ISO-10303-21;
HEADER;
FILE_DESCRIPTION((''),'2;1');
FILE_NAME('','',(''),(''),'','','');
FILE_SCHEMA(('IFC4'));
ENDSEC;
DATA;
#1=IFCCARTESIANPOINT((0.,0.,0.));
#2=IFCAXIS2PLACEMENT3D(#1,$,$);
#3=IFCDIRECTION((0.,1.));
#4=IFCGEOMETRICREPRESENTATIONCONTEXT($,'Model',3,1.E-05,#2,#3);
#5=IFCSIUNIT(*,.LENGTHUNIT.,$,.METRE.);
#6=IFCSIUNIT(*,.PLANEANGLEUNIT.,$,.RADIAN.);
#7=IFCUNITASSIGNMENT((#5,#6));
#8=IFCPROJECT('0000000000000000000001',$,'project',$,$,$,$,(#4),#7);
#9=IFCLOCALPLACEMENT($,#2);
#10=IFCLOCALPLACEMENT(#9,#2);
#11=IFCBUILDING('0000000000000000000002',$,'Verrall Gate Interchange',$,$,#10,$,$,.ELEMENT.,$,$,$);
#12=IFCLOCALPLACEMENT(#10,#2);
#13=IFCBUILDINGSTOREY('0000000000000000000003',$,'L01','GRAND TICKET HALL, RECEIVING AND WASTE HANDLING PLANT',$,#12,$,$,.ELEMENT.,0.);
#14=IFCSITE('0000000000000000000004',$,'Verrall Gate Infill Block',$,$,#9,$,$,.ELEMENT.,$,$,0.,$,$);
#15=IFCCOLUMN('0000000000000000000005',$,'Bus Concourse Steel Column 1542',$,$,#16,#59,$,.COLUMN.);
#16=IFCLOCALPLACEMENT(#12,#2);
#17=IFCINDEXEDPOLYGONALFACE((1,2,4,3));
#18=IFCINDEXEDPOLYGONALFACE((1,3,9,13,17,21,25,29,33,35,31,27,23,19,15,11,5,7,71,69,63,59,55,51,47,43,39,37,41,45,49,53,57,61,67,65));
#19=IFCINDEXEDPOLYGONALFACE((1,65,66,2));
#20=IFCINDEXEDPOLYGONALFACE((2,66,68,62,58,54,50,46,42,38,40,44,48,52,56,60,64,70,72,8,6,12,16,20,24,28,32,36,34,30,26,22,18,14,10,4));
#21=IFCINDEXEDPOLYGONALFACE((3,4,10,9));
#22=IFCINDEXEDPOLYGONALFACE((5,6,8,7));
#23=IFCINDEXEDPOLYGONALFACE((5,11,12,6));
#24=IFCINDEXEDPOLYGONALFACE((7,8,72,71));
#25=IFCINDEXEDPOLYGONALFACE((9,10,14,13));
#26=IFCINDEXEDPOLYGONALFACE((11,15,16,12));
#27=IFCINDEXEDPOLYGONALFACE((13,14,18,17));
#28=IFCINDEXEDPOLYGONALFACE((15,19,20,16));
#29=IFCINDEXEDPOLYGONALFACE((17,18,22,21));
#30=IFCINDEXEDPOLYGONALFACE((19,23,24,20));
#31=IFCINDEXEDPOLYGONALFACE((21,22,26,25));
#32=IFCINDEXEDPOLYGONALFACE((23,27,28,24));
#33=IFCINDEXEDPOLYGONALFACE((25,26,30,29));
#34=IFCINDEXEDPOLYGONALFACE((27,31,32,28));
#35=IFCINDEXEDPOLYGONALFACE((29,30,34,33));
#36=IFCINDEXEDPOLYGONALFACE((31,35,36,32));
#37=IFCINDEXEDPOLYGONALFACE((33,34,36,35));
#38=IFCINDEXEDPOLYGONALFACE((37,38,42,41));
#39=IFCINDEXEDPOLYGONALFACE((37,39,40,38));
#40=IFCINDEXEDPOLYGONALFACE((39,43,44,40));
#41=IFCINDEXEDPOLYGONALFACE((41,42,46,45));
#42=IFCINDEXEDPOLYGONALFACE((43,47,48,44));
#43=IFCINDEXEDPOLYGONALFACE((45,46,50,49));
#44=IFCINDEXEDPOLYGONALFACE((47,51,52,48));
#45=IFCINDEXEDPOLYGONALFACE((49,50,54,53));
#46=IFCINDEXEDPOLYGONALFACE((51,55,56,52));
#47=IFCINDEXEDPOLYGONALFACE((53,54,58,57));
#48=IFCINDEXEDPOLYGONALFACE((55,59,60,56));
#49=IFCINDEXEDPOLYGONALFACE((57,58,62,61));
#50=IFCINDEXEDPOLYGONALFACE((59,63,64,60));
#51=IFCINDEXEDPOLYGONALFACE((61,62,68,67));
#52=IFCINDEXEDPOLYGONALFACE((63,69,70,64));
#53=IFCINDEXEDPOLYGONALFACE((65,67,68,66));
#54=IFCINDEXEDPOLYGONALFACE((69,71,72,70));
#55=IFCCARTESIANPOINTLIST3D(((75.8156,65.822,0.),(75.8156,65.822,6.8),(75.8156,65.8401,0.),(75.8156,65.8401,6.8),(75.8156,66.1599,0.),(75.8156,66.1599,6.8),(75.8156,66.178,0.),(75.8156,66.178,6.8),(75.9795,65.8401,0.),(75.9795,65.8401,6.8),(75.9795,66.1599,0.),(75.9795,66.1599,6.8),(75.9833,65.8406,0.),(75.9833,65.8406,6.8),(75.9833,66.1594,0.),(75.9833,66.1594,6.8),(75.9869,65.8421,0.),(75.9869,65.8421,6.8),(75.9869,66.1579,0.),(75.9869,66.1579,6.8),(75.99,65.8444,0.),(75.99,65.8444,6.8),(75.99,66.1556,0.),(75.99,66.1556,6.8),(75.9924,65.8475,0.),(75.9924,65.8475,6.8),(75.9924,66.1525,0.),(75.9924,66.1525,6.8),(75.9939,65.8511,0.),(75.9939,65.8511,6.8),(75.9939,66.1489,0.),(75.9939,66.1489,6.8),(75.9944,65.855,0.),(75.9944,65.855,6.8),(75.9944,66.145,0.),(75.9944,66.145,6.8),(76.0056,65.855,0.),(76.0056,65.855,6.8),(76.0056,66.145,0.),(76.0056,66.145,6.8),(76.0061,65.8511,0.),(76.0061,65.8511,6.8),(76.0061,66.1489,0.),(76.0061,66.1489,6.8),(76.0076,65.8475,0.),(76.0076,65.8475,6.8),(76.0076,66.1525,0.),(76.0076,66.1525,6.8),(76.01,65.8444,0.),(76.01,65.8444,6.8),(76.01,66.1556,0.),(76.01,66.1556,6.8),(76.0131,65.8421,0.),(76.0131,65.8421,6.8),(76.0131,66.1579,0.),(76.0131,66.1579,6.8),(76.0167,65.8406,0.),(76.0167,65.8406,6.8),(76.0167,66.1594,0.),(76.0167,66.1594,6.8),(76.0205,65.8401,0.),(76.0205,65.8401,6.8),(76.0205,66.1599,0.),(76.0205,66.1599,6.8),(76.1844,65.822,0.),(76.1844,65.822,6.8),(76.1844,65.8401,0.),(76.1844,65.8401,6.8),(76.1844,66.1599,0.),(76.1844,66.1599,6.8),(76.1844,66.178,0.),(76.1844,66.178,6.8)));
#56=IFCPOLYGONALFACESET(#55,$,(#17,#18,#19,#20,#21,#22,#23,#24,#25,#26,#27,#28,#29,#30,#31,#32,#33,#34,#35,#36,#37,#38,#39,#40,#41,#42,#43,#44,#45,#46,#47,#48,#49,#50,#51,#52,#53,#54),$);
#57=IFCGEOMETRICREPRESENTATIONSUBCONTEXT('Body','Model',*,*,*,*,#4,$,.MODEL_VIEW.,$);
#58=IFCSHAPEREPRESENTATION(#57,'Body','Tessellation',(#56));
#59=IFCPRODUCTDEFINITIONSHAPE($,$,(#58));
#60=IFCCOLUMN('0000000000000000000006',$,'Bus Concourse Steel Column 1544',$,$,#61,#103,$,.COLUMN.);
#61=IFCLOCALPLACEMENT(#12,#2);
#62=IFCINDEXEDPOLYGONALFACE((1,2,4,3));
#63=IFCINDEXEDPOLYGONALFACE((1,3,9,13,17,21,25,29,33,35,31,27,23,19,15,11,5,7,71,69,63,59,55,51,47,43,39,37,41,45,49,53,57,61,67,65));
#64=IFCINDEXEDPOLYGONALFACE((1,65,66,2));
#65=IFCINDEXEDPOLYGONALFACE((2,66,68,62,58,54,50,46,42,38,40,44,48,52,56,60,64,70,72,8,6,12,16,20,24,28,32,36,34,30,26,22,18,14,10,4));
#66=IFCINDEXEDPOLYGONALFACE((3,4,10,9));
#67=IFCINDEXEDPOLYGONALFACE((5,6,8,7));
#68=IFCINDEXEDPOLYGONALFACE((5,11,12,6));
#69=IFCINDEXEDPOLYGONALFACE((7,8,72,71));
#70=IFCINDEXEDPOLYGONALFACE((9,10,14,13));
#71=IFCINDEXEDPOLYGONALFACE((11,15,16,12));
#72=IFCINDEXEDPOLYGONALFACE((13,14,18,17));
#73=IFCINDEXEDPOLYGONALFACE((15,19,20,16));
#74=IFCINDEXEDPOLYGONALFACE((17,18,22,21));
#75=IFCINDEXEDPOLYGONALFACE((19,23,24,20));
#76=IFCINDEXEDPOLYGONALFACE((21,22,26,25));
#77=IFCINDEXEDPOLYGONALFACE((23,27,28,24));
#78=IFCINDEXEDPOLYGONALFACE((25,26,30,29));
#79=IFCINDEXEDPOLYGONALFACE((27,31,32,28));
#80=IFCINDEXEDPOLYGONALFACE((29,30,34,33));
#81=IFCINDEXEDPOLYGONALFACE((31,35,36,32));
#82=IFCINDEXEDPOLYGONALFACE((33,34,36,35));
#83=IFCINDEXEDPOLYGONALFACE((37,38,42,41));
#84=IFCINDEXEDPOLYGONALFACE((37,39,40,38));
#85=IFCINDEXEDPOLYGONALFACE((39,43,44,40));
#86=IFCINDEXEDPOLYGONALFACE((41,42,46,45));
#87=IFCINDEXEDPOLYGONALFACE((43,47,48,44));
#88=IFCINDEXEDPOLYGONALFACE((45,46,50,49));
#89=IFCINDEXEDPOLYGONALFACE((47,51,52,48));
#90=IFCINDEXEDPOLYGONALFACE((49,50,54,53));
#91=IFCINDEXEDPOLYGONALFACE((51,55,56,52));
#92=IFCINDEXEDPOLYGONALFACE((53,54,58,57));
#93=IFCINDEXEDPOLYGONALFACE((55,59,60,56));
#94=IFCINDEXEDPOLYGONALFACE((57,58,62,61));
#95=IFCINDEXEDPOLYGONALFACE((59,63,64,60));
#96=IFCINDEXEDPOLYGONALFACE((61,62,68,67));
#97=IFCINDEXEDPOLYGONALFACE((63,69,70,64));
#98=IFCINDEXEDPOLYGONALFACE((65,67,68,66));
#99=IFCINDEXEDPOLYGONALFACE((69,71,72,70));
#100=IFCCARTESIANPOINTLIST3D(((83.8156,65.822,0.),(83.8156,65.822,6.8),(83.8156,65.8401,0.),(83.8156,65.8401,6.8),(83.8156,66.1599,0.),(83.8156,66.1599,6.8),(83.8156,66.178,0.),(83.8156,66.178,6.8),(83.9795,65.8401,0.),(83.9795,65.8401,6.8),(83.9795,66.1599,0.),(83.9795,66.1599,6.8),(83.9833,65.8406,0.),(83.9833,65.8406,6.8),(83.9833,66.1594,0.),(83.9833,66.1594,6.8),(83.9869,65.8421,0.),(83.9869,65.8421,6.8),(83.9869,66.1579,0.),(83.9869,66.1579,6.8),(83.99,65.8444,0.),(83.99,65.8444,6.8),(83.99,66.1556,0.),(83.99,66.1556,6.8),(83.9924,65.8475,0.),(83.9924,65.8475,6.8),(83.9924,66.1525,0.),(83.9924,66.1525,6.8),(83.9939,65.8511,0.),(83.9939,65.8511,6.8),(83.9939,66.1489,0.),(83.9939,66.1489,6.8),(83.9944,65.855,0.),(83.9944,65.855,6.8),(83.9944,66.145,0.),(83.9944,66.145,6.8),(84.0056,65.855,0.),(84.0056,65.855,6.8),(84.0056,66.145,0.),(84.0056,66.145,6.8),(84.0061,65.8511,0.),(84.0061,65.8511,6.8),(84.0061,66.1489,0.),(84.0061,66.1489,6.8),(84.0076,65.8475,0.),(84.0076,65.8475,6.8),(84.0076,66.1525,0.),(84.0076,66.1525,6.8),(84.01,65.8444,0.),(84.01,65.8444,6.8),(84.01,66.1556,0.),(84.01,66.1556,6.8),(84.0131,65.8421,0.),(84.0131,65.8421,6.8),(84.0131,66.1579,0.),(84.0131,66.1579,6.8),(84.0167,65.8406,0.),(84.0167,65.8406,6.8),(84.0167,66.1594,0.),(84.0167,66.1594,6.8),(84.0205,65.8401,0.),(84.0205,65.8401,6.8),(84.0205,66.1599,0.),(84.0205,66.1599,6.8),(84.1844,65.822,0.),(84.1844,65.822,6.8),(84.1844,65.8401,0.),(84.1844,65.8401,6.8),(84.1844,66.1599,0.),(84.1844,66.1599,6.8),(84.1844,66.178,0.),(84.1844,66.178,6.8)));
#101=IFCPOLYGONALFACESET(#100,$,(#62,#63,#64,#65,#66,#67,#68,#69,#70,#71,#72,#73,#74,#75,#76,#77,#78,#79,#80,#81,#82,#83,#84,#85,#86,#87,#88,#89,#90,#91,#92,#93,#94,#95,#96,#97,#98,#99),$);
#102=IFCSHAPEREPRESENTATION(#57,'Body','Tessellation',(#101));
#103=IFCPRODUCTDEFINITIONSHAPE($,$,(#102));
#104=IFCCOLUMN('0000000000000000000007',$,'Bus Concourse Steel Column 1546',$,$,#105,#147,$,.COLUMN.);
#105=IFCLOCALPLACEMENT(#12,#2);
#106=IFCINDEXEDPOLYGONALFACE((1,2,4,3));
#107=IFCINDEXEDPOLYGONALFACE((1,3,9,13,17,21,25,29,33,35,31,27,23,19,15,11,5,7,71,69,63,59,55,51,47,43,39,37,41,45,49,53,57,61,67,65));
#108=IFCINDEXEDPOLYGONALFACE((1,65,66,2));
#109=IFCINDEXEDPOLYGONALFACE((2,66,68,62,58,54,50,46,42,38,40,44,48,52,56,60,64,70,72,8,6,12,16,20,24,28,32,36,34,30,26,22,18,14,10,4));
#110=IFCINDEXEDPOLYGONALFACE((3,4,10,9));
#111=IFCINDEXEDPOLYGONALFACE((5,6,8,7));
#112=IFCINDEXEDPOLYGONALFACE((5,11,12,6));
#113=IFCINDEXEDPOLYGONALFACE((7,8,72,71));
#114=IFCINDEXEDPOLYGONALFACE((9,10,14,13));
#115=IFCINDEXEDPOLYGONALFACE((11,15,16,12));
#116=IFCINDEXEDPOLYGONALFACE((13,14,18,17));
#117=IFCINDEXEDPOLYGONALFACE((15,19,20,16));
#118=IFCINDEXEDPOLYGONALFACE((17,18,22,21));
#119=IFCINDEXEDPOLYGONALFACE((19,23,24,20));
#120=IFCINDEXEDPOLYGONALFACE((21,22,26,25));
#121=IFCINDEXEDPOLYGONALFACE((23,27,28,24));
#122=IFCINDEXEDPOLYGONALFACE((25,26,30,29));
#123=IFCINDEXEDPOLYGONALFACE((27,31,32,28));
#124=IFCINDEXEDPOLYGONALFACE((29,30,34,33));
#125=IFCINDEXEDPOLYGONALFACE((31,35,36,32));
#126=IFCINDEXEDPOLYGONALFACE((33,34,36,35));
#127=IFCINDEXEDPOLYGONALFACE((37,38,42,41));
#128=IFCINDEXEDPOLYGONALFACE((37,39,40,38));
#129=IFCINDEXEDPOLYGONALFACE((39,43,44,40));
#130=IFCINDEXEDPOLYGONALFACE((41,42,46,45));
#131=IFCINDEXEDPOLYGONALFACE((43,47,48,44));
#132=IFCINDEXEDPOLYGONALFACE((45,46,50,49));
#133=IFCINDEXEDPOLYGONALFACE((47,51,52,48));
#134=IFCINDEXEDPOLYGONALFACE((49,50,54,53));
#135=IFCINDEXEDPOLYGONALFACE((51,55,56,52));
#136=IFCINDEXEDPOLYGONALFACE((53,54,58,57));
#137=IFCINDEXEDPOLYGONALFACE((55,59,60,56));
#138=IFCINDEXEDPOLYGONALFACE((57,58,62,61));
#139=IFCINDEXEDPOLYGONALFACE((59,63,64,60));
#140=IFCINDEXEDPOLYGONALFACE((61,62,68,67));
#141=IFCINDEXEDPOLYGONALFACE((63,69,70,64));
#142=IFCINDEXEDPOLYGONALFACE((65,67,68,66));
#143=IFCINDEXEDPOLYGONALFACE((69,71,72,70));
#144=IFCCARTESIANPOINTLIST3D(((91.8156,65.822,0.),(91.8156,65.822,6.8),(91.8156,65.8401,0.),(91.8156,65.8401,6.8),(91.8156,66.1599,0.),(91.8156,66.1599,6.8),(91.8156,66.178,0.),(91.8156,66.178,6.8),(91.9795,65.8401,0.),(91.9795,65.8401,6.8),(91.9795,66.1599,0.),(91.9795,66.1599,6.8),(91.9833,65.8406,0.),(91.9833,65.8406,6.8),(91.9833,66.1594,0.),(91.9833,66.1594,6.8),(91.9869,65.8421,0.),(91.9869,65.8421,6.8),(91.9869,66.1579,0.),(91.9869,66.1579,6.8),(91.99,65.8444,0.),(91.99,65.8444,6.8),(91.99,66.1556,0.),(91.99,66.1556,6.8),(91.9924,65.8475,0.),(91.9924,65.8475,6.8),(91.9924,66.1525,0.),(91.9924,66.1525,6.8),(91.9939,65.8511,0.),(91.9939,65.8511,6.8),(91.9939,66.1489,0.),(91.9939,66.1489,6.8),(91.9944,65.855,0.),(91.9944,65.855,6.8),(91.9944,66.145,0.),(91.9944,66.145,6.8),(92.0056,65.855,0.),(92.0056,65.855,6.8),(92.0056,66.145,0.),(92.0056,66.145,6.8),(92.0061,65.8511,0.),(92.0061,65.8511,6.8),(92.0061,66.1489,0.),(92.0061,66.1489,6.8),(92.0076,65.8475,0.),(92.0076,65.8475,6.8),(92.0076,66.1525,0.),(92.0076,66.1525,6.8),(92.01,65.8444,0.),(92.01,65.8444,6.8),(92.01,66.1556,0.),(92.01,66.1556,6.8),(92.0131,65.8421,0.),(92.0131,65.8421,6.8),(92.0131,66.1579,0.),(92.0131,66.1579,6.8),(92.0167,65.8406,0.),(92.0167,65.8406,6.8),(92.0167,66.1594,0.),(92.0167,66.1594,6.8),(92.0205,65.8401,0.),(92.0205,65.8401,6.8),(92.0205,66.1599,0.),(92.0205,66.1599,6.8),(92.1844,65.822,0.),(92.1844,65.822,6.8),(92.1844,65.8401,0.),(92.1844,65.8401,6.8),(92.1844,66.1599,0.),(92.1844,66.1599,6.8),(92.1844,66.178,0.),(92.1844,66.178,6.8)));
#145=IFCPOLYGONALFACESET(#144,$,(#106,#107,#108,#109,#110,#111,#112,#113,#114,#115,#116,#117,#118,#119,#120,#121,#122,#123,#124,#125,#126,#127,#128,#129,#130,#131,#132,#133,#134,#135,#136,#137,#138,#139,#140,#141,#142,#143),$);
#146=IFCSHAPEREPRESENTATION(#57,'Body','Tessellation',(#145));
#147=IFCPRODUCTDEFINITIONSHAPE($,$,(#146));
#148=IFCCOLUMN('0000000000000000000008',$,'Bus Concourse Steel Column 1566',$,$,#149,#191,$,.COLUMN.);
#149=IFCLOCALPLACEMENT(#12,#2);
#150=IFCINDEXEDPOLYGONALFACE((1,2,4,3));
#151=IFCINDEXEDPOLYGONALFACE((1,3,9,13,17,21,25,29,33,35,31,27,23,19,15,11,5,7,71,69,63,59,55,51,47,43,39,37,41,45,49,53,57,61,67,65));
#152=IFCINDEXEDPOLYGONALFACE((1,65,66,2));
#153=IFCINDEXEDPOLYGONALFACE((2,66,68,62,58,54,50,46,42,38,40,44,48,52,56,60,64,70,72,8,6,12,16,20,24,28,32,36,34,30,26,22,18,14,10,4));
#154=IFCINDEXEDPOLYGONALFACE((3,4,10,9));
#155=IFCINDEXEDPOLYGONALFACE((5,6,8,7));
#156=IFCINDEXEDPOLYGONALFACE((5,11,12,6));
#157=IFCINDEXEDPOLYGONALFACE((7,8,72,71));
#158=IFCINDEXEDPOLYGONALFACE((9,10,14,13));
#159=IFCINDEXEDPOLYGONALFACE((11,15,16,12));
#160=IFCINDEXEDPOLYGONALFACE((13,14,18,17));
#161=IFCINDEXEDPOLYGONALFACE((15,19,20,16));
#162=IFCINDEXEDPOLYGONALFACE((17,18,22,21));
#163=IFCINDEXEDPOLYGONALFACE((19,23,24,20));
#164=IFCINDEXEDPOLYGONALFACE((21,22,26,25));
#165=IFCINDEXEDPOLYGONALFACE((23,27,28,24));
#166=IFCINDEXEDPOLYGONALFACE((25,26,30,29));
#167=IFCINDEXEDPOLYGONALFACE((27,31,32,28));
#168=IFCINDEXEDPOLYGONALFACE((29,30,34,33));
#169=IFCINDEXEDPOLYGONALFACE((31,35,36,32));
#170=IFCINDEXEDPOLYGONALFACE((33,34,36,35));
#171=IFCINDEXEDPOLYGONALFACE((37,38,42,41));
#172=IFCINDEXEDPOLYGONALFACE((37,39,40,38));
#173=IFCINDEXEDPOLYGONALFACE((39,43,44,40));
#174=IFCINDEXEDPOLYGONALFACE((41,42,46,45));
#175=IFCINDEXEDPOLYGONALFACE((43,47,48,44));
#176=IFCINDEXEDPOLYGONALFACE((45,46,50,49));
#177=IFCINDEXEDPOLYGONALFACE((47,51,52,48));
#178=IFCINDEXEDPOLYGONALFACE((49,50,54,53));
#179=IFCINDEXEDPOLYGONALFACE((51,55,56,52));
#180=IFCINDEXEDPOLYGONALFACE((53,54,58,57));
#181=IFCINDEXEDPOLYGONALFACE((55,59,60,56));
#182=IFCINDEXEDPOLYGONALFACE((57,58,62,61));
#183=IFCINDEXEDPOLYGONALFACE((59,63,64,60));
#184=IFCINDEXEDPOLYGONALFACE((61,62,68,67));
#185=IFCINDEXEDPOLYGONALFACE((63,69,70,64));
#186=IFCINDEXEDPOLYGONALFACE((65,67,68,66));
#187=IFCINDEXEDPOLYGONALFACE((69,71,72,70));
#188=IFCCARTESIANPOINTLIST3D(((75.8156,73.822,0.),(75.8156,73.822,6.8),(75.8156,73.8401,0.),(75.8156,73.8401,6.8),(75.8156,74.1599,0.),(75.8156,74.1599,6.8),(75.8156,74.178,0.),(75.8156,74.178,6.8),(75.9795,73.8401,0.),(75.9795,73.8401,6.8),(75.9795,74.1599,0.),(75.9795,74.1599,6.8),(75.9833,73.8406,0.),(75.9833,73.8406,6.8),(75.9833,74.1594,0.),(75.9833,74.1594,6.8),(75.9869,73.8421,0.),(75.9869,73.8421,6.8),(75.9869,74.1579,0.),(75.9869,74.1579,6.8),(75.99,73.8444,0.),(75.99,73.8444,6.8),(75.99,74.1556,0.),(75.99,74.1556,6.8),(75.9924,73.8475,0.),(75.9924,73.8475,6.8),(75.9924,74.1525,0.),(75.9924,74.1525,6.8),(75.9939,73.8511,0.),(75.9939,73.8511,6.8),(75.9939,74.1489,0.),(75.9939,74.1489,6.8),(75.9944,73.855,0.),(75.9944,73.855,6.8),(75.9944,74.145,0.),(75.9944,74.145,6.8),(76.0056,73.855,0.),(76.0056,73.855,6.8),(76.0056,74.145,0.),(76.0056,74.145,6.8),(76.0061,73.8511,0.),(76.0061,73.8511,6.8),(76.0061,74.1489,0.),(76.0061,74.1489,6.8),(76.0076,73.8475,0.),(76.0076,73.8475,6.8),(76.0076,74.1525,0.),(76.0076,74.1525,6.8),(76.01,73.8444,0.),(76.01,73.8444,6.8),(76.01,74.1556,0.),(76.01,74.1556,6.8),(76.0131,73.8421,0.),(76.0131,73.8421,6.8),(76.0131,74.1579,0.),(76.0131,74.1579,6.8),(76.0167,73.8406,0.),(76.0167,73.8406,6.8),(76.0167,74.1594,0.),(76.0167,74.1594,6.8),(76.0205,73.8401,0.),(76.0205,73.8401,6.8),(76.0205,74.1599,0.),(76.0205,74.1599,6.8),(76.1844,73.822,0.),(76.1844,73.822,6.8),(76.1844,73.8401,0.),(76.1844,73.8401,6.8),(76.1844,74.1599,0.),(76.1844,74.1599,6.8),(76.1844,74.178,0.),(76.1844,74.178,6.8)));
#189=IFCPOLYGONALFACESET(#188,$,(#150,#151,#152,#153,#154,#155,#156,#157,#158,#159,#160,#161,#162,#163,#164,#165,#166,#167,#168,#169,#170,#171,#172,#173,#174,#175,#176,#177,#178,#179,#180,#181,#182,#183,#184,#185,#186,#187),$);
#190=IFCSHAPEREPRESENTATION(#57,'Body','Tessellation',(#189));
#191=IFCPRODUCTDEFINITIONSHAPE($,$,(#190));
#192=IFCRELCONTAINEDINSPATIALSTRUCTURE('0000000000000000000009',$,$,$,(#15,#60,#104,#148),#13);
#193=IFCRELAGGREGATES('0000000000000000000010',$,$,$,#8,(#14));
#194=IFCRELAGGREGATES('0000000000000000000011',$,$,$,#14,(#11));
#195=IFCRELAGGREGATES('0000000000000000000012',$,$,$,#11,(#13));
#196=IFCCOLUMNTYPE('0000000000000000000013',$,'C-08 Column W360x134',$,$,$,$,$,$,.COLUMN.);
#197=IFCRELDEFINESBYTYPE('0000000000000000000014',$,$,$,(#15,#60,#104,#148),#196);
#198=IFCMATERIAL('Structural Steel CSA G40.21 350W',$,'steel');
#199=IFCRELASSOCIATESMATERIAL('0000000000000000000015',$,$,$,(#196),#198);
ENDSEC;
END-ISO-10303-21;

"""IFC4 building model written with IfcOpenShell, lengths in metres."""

from ifc_helpers import new_model, si_unit, direction, frame, origin, origin_2d, place, context, subcontext, project, spatial, i_section, extrude, material, material_profile, profile_set, type_object, element, save


model = new_model("IFC4")

# Units and contexts
model_context = context("Model", 3, precision=1e-05, world=origin(), true_north=direction((0.0, 1.0)))
body_context = subcontext(model_context, "Body", "Model", "MODEL_VIEW")
ifc_project = project(units=[si_unit("LENGTHUNIT", "METRE"), si_unit("PLANEANGLEUNIT", "RADIAN")], contexts=[model_context])

# Site, building, storey
site_placement = place(None, origin())
site = spatial("IfcSite", under=ifc_project, at=site_placement, Name="Verrall Gate Infill Block", CompositionType="ELEMENT", RefElevation=0.0)
building_placement = place(site_placement, origin())
building = spatial("IfcBuilding", under=site, at=building_placement, Name="Verrall Gate Interchange", CompositionType="ELEMENT")
storey_placement = place(building_placement, origin())
storey = spatial("IfcBuildingStorey", under=building, at=storey_placement, Name="L01", Description="GRAND TICKET HALL, RECEIVING AND WASTE HANDLING PLANT", CompositionType="ELEMENT", Elevation=0.0)

# Columns
ifc_material_1 = material(Name="Structural Steel CSA G40.21 350W", Category="steel")
ifc_material_profile = material_profile(ifc_material_1, i_section(OverallWidth=0.3689, OverallDepth=0.356, WebThickness=0.0112, FlangeThickness=0.0181, FilletRadius=0.0149, at=origin_2d()), Name="W360x134")
ifc_profile_set = profile_set([ifc_material_profile], Name="Structural Steel CSA G40.21 350W")
column_type = type_object("IfcColumnType", Name="C-08 Column W360x134", PredefinedType="COLUMN", material=ifc_profile_set)
for number, where, z_axis, x_axis, name in (
    (1, (76.0, 66.0, 0.0), (0.0, 0.0, 1.0), (1.0, 0.0, 0.0), "Bus Concourse Steel Column 1542"),
    (2, (84.0, 66.0, 0.0), (0.0, 0.0, 1.0), (1.0, 0.0, 0.0), "Bus Concourse Steel Column 1544"),
    (3, (92.0, 66.0, 0.0), (0.0, 0.0, 1.0), (1.0, 0.0, 0.0), "Bus Concourse Steel Column 1546"),
    (4, (76.0, 74.0, 0.0), (0.0, 0.0, 1.0), (1.0, 0.0, 0.0), "Bus Concourse Steel Column 1566"),
):
    element("IfcColumn", number, at=place(storey_placement, frame(where, z_axis=z_axis, x_axis=x_axis)), inside=storey, type_object=column_type, Name=name, PredefinedType="COLUMN", context=body_context, shape_type="SweptSolid", body=[
        extrude(i_section(OverallWidth=0.3689, OverallDepth=0.356, WebThickness=0.0112, FlangeThickness=0.0181, FilletRadius=0.0149, at=origin_2d()), origin(), (0.0, 0.0, 1.0), 6.8),
    ])

save(model, "model.ifc")
